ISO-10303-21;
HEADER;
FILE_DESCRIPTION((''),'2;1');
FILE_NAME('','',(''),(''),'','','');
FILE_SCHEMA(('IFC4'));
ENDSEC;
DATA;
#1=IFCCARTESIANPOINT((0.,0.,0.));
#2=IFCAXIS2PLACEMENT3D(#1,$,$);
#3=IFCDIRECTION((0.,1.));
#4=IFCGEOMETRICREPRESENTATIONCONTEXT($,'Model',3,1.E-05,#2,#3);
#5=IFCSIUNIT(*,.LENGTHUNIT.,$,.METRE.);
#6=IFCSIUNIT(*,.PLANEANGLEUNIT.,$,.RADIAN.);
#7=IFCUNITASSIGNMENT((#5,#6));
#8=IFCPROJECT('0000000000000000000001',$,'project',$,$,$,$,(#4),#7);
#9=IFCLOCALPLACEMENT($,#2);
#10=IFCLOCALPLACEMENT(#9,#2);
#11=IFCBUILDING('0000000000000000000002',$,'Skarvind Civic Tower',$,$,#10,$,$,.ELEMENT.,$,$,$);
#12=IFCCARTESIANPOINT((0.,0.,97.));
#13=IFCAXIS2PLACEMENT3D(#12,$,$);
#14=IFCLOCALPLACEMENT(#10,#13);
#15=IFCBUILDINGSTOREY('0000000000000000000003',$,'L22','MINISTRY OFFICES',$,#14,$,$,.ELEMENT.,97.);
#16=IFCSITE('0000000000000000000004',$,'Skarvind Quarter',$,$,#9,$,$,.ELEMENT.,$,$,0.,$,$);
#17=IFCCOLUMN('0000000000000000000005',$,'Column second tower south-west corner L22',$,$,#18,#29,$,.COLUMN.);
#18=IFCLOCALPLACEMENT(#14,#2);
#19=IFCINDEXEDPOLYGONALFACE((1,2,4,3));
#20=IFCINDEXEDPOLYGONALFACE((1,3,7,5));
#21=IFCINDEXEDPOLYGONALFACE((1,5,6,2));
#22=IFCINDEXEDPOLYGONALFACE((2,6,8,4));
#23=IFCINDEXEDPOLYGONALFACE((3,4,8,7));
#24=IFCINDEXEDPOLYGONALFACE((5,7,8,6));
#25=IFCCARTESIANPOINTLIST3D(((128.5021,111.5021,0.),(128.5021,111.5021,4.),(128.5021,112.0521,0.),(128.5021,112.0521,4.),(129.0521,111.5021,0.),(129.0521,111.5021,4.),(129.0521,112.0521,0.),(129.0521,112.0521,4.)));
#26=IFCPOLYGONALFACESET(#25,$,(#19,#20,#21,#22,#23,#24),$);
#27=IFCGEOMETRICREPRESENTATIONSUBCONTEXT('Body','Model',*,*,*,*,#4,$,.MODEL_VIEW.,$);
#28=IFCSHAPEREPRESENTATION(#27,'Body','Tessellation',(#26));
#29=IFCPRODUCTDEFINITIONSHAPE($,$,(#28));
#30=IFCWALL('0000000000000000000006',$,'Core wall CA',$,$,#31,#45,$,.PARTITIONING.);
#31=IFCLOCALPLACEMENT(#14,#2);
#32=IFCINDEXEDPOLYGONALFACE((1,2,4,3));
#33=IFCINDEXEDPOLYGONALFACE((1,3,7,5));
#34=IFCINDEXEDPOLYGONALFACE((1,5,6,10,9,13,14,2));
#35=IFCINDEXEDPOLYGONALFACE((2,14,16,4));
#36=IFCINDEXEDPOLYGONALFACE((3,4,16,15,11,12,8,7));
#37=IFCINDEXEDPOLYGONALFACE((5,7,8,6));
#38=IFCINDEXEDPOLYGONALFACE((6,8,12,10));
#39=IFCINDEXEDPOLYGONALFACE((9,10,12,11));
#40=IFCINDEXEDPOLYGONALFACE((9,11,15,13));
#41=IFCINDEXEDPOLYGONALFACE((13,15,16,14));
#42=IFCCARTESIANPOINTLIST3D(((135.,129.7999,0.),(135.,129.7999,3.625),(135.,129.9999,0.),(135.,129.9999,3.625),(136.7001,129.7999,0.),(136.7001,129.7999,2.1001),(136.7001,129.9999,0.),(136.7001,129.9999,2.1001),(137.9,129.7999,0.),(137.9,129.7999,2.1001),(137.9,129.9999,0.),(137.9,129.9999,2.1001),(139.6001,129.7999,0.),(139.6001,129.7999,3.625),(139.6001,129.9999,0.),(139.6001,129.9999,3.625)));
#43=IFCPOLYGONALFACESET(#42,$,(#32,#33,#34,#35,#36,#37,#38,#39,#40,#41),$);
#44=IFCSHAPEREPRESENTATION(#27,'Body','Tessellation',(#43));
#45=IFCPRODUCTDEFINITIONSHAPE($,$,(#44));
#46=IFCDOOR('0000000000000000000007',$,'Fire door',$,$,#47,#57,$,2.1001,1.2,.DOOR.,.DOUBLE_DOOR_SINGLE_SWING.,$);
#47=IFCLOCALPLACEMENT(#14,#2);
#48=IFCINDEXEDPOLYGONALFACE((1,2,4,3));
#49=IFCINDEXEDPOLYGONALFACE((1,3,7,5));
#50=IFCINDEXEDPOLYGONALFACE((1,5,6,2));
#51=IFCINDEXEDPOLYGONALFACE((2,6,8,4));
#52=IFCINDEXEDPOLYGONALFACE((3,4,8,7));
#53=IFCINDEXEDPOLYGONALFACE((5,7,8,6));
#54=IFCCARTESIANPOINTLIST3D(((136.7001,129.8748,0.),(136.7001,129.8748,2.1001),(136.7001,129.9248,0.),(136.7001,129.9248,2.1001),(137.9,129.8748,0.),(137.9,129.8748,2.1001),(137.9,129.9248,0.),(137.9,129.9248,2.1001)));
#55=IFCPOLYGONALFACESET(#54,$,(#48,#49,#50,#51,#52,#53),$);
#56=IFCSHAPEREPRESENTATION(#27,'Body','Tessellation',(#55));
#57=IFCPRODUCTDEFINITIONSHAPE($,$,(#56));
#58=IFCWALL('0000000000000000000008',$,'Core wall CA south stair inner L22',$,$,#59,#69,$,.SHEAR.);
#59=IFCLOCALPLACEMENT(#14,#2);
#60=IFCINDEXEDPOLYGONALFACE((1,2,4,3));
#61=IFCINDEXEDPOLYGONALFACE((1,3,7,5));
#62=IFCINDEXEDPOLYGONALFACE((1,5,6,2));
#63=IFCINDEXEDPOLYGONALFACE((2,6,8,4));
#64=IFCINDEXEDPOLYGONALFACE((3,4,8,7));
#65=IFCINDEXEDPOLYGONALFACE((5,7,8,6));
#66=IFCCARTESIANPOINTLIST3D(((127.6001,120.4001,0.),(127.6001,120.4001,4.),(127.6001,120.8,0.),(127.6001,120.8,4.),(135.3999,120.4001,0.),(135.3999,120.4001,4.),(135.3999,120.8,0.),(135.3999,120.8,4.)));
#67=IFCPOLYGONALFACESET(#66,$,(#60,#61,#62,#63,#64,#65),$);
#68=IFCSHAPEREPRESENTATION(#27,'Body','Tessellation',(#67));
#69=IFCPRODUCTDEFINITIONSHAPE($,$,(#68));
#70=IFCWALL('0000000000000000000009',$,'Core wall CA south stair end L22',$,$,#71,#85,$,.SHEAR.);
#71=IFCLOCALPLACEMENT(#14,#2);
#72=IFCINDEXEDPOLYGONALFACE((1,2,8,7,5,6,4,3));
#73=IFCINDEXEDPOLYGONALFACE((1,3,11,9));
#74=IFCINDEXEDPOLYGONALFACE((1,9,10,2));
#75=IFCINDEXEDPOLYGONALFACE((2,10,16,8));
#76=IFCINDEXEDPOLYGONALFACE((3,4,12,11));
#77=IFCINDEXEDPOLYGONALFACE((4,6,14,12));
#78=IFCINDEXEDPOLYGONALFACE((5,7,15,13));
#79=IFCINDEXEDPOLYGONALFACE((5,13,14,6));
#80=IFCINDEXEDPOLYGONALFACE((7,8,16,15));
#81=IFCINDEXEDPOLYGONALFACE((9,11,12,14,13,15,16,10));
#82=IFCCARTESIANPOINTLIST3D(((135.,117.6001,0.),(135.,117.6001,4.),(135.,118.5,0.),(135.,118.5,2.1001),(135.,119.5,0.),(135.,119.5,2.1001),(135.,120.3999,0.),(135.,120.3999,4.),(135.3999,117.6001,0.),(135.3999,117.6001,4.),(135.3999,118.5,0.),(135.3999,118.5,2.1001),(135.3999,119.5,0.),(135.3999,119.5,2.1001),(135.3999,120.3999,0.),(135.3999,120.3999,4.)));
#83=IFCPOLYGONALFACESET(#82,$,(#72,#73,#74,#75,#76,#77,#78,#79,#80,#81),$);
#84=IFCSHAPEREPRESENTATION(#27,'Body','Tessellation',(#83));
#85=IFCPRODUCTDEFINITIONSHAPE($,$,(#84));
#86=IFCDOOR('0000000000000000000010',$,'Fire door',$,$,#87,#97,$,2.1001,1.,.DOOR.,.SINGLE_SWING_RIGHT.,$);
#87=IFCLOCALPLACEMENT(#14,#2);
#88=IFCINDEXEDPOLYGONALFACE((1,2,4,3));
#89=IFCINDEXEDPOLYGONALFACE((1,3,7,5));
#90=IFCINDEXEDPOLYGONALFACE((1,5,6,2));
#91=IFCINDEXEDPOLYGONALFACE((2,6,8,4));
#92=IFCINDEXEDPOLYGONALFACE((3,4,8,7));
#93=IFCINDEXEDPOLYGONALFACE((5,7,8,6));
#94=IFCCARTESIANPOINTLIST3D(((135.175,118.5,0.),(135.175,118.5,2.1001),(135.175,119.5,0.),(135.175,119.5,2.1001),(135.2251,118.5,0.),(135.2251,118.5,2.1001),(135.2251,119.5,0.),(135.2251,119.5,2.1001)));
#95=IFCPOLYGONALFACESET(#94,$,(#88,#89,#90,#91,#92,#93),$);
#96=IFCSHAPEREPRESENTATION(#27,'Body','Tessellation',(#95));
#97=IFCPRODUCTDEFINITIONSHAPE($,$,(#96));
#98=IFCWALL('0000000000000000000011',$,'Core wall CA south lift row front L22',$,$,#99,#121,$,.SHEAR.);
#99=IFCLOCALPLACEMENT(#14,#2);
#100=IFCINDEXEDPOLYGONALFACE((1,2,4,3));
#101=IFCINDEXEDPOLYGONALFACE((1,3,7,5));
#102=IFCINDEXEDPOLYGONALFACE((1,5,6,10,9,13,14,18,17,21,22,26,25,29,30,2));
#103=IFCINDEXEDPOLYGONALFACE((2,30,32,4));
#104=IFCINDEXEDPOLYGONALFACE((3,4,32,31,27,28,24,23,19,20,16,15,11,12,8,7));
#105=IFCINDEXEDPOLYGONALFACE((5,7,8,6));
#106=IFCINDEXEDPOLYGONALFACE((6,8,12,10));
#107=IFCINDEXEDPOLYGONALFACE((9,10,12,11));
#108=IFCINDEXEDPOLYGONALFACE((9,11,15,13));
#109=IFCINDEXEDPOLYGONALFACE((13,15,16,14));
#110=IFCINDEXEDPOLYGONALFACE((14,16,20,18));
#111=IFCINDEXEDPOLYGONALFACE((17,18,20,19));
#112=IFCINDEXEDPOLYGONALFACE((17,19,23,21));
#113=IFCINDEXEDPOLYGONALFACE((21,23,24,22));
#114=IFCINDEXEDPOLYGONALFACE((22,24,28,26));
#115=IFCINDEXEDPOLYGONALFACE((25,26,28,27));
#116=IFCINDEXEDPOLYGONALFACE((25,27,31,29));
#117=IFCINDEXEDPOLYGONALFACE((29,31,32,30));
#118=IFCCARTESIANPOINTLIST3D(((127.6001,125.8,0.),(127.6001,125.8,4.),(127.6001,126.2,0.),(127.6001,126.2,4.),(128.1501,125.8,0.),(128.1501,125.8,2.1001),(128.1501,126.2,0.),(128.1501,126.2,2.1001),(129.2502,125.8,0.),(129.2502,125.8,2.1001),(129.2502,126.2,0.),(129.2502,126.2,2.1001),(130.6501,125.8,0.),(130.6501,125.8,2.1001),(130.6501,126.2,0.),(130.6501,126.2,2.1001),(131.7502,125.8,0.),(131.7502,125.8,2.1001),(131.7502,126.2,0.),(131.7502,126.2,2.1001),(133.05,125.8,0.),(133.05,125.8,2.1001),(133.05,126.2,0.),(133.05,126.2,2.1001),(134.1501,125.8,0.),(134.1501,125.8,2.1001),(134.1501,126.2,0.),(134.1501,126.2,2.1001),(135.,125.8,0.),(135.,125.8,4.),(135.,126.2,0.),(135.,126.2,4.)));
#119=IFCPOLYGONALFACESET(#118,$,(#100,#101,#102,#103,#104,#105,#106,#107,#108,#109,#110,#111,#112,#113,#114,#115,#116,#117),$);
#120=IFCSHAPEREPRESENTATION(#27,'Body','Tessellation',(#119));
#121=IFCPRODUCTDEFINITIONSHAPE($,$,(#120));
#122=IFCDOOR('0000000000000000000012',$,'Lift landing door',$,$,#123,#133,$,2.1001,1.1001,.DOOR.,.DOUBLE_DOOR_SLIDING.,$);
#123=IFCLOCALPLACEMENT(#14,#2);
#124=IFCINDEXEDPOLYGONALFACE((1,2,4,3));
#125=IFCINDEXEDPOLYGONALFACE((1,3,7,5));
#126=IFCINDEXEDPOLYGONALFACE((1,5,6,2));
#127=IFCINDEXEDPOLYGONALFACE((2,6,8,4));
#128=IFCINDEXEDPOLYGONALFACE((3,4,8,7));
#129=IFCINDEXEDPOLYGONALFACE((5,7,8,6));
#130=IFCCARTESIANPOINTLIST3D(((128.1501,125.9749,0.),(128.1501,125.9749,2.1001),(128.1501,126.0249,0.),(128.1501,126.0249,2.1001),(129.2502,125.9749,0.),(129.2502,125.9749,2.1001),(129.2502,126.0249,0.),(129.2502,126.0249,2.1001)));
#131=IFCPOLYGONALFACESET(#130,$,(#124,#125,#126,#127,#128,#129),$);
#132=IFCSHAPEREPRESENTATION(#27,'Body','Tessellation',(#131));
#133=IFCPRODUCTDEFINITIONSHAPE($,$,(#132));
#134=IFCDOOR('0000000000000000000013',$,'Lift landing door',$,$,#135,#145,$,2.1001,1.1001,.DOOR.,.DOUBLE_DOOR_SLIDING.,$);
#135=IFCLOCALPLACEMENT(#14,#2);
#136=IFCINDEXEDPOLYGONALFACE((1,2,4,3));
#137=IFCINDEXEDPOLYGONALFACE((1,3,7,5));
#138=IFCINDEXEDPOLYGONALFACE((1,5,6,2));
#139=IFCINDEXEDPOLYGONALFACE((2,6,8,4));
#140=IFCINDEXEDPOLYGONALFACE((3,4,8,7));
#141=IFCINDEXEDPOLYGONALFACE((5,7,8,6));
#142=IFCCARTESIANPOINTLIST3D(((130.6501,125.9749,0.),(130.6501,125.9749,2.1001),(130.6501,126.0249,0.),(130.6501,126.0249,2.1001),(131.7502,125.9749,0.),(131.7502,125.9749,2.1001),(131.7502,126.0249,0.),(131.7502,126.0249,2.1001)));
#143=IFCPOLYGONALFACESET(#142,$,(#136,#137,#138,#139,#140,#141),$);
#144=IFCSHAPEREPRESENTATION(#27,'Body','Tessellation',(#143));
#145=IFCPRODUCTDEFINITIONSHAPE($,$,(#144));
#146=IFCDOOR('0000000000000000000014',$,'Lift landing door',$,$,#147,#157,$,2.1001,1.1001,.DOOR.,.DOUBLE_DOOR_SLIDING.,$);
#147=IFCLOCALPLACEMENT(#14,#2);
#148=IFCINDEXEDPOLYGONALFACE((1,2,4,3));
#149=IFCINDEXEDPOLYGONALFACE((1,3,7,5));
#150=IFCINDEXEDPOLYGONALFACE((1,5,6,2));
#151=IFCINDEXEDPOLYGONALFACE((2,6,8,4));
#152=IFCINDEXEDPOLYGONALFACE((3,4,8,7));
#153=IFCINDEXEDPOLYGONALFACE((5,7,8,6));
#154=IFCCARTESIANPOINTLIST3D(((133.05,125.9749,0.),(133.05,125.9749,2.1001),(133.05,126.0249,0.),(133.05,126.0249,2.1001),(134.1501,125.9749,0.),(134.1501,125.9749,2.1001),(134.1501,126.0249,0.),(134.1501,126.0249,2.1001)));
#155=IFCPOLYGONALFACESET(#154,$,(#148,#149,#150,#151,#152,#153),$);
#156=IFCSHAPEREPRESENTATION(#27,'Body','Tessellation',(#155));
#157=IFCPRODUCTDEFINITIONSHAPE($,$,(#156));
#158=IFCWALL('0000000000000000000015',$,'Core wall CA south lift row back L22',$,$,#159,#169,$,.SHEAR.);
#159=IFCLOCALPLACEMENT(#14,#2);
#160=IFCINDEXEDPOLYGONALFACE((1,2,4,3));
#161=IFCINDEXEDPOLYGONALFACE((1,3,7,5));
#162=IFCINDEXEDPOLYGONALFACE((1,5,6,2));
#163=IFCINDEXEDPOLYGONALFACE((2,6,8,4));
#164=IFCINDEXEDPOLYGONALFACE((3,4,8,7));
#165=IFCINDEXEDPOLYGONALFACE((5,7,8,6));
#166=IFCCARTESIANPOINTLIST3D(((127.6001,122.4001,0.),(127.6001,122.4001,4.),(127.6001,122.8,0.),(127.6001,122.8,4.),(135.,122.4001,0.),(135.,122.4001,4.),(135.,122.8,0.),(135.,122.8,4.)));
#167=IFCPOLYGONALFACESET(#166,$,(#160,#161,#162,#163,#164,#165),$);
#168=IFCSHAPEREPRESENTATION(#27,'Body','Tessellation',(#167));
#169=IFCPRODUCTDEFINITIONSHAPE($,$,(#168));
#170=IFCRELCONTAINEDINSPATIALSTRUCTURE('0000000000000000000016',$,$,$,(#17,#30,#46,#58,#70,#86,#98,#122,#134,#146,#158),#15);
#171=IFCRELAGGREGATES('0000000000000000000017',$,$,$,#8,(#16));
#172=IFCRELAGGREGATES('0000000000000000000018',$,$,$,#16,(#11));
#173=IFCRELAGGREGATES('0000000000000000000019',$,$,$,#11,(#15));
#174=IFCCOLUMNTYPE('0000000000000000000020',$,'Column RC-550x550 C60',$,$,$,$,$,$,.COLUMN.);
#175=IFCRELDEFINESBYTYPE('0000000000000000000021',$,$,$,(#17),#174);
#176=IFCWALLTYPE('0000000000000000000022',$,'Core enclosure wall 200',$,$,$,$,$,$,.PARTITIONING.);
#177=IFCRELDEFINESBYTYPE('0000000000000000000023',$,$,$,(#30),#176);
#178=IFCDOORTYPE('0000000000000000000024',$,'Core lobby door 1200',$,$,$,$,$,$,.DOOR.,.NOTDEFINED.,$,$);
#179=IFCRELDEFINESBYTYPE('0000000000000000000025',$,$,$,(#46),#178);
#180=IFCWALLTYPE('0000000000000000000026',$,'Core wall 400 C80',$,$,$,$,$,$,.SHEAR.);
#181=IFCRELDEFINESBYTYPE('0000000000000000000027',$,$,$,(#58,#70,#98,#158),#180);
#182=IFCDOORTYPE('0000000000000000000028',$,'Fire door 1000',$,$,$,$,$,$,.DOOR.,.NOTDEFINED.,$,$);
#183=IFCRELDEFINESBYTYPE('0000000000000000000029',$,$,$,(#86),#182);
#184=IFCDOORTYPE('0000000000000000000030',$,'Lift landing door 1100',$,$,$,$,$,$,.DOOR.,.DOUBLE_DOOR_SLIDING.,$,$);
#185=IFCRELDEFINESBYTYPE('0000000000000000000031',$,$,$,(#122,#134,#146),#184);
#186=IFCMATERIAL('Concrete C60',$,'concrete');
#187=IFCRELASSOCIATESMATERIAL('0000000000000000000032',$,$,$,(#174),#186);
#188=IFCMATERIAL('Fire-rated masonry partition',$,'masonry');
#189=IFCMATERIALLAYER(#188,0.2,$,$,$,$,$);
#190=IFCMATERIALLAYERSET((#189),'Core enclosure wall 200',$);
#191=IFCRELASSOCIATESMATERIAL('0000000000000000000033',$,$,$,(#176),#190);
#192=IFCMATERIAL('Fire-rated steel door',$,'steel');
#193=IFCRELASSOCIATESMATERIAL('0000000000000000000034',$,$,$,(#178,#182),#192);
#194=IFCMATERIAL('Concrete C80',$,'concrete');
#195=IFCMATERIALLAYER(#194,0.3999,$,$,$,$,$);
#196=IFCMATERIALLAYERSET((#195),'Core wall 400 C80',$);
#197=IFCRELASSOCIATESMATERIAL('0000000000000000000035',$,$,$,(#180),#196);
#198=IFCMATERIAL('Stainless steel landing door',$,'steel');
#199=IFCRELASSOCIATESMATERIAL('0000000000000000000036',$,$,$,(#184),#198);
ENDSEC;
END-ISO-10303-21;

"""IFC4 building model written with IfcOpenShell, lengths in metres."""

from ifc_helpers import new_model, si_unit, direction, frame, frame_2d, origin, origin_2d, place, context, subcontext, project, spatial, rectangle, extrude, material, layer, layer_set, material_profile, profile_set, type_object, element, fill, save


model = new_model("IFC4")

# Units and contexts
model_context = context("Model", 3, precision=1e-05, world=origin(), true_north=direction((0.0, 1.0)))
body_context = subcontext(model_context, "Body", "Model", "MODEL_VIEW")
ifc_project = project(units=[si_unit("LENGTHUNIT", "METRE"), si_unit("PLANEANGLEUNIT", "RADIAN")], contexts=[model_context])

# Site, building, storey
site_placement = place(None, origin())
site = spatial("IfcSite", under=ifc_project, at=site_placement, Name="Skarvind Quarter", CompositionType="ELEMENT", RefElevation=0.0)
building_placement = place(site_placement, origin())
building = spatial("IfcBuilding", under=site, at=building_placement, Name="Skarvind Civic Tower", CompositionType="ELEMENT")
storey_placement = place(building_placement, frame((0.0, 0.0, 97.0)))
storey = spatial("IfcBuildingStorey", under=building, at=storey_placement, Name="L22", Description="MINISTRY OFFICES", CompositionType="ELEMENT", Elevation=97.0)

# Column
ifc_material_1 = material(Name="Concrete C60", Category="concrete")
ifc_material_profile = material_profile(ifc_material_1, rectangle(XDim=0.55, YDim=0.55, at=origin_2d()), Name="RC-550x550")
ifc_profile_set = profile_set([ifc_material_profile], Name="Concrete C60")
column_type = type_object("IfcColumnType", Name="Column RC-550x550 C60", PredefinedType="COLUMN", material=ifc_profile_set)
column_placement = place(storey_placement, frame((128.7771, 111.7771, 0.0), z_axis=(0.0, 0.0, 1.0), x_axis=(1.0, 0.0, 0.0)))
element("IfcColumn", 1, at=column_placement, inside=storey, type_object=column_type, Name="Column second tower south-west corner L22", PredefinedType="COLUMN", context=body_context, shape_type="SweptSolid", body=[
    extrude(rectangle(XDim=0.55, YDim=0.55, at=origin_2d()), origin(), (0.0, 0.0, 1.0), 4.0),
])

# Wall, opening, door
ifc_material_2 = material(Name="Fire-rated masonry partition", Category="masonry")
ifc_layer_1 = layer(ifc_material_2, 0.2)
ifc_layer_set_1 = layer_set([ifc_layer_1], Name="Core enclosure wall 200")
wall_type_1 = type_object("IfcWallType", Name="Core enclosure wall 200", PredefinedType="PARTITIONING", material=ifc_layer_set_1)
wall_1_placement = place(storey_placement, frame((135.0, 129.8999, 0.0), z_axis=(0.0, 0.0, 1.0), x_axis=(1.0, 0.0, 0.0)))
wall_1 = element("IfcWall", 2, at=wall_1_placement, inside=storey, type_object=wall_type_1, Name="Core wall CA", PredefinedType="PARTITIONING", context=body_context, shape_type="SweptSolid", body=[
    extrude(rectangle(XDim=4.6001, YDim=0.2, at=frame_2d((2.3, 0.0))), origin(), (0.0, 0.0, 1.0), 3.625),
])
opening_1_placement = place(wall_1_placement, frame((1.7, 0.0, 0.0)))
opening_1 = element("IfcOpeningElement", 3, at=opening_1_placement, cuts=wall_1, PredefinedType="OPENING", context=body_context, shape_type="SweptSolid", body=[
    extrude(rectangle(XDim=1.2, YDim=2.1001, at=frame_2d((0.6001, 1.05))), frame((0.0, 0.1099, 0.0), z_axis=(0.0, -1.0, 0.0), x_axis=(1.0, 0.0, 0.0)), (0.0, 0.0, 1.0), 0.22),
])
ifc_material_3 = material(Name="Fire-rated steel door", Category="steel")
door_type_1 = type_object("IfcDoorType", Name="Core lobby door 1200", OperationType="NOTDEFINED", PredefinedType="DOOR", material=ifc_material_3)
door_1_placement = place(opening_1_placement, origin())
door_1 = element("IfcDoor", 4, at=door_1_placement, inside=storey, type_object=door_type_1, Name="Fire door", OperationType="DOUBLE_DOOR_SINGLE_SWING", OverallHeight=2.1001, OverallWidth=1.2, PredefinedType="DOOR", context=body_context, shape_type="SweptSolid", body=[
    extrude(rectangle(XDim=1.2, YDim=2.1001, at=frame_2d((0.6001, 1.05))), frame((0.0, 0.0249, 0.0), z_axis=(0.0, -1.0, 0.0), x_axis=(1.0, 0.0, 0.0)), (0.0, 0.0, 1.0), 0.05),
])
fill(opening_1, door_1)

# Wall
ifc_material_4 = material(Name="Concrete C80", Category="concrete")
ifc_layer_2 = layer(ifc_material_4, 0.3999)
ifc_layer_set_2 = layer_set([ifc_layer_2], Name="Core wall 400 C80")
wall_type_2 = type_object("IfcWallType", Name="Core wall 400 C80", PredefinedType="SHEAR", material=ifc_layer_set_2)
wall_2_placement = place(storey_placement, frame((127.6001, 120.6001, 0.0), z_axis=(0.0, 0.0, 1.0), x_axis=(1.0, 0.0, 0.0)))
element("IfcWall", 5, at=wall_2_placement, inside=storey, type_object=wall_type_2, Name="Core wall CA south stair inner L22", PredefinedType="SHEAR", context=body_context, shape_type="SweptSolid", body=[
    extrude(rectangle(XDim=7.7998, YDim=0.3999, at=frame_2d((3.8999, 0.0))), origin(), (0.0, 0.0, 1.0), 4.0),
])

# Wall, opening, door
wall_3_placement = place(storey_placement, frame((135.2, 117.6001, 0.0), z_axis=(0.0, 0.0, 1.0), x_axis=(0.0, 1.0, 0.0)))
wall_3 = element("IfcWall", 6, at=wall_3_placement, inside=storey, type_object=wall_type_2, Name="Core wall CA south stair end L22", PredefinedType="SHEAR", context=body_context, shape_type="SweptSolid", body=[
    extrude(rectangle(XDim=2.7998, YDim=0.3999, at=frame_2d((1.3999, 0.0))), origin(), (0.0, 0.0, 1.0), 4.0),
])
opening_2_placement = place(wall_3_placement, frame((0.8999, 0.0, 0.0)))
opening_2 = element("IfcOpeningElement", 7, at=opening_2_placement, cuts=wall_3, PredefinedType="OPENING", context=body_context, shape_type="SweptSolid", body=[
    extrude(rectangle(XDim=1.0, YDim=2.1001, at=frame_2d((0.5, 1.05))), frame((0.0, 0.21, 0.0), z_axis=(0.0, -1.0, 0.0), x_axis=(1.0, 0.0, 0.0)), (0.0, 0.0, 1.0), 0.4199),
])
door_type_2 = type_object("IfcDoorType", Name="Fire door 1000", OperationType="NOTDEFINED", PredefinedType="DOOR", material=ifc_material_3)
door_2_placement = place(opening_2_placement, origin())
door_2 = element("IfcDoor", 8, at=door_2_placement, inside=storey, type_object=door_type_2, Name="Fire door", OperationType="SINGLE_SWING_RIGHT", OverallHeight=2.1001, OverallWidth=1.0, PredefinedType="DOOR", context=body_context, shape_type="SweptSolid", body=[
    extrude(rectangle(XDim=1.0, YDim=2.1001, at=frame_2d((0.5, 1.05))), frame((0.0, 0.0249, 0.0), z_axis=(0.0, -1.0, 0.0), x_axis=(1.0, 0.0, 0.0)), (0.0, 0.0, 1.0), 0.05),
])
fill(opening_2, door_2)

# Wall, openings, doors
wall_4_placement = place(storey_placement, frame((127.6001, 126.0, 0.0), z_axis=(0.0, 0.0, 1.0), x_axis=(1.0, 0.0, 0.0)))
wall_4 = element("IfcWall", 9, at=wall_4_placement, inside=storey, type_object=wall_type_2, Name="Core wall CA south lift row front L22", PredefinedType="SHEAR", context=body_context, shape_type="SweptSolid", body=[
    extrude(rectangle(XDim=7.3999, YDim=0.3999, at=frame_2d((3.7, 0.0))), origin(), (0.0, 0.0, 1.0), 4.0),
])
opening_3_placement = place(wall_4_placement, frame((0.55, 0.0, 0.0)))
opening_3 = element("IfcOpeningElement", 10, at=opening_3_placement, cuts=wall_4, PredefinedType="OPENING", context=body_context, shape_type="SweptSolid", body=[
    extrude(rectangle(XDim=1.1001, YDim=2.1001, at=frame_2d((0.55, 1.05))), frame((0.0, 0.21, 0.0), z_axis=(0.0, -1.0, 0.0), x_axis=(1.0, 0.0, 0.0)), (0.0, 0.0, 1.0), 0.4199),
])
opening_4_placement = place(wall_4_placement, frame((3.05, 0.0, 0.0)))
opening_4 = element("IfcOpeningElement", 11, at=opening_4_placement, cuts=wall_4, PredefinedType="OPENING", context=body_context, shape_type="SweptSolid", body=[
    extrude(rectangle(XDim=1.1001, YDim=2.1001, at=frame_2d((0.55, 1.05))), frame((0.0, 0.21, 0.0), z_axis=(0.0, -1.0, 0.0), x_axis=(1.0, 0.0, 0.0)), (0.0, 0.0, 1.0), 0.4199),
])
opening_5_placement = place(wall_4_placement, frame((5.45, 0.0, 0.0)))
opening_5 = element("IfcOpeningElement", 12, at=opening_5_placement, cuts=wall_4, PredefinedType="OPENING", context=body_context, shape_type="SweptSolid", body=[
    extrude(rectangle(XDim=1.1001, YDim=2.1001, at=frame_2d((0.55, 1.05))), frame((0.0, 0.21, 0.0), z_axis=(0.0, -1.0, 0.0), x_axis=(1.0, 0.0, 0.0)), (0.0, 0.0, 1.0), 0.4199),
])
ifc_material_5 = material(Name="Stainless steel landing door", Category="steel")
door_type_3 = type_object("IfcDoorType", Name="Lift landing door 1100", OperationType="DOUBLE_DOOR_SLIDING", PredefinedType="DOOR", material=ifc_material_5)
door_3_placement = place(opening_3_placement, origin())
door_3 = element("IfcDoor", 13, at=door_3_placement, inside=storey, type_object=door_type_3, Name="Lift landing door", OperationType="DOUBLE_DOOR_SLIDING", OverallHeight=2.1001, OverallWidth=1.1001, PredefinedType="DOOR", context=body_context, shape_type="SweptSolid", body=[
    extrude(rectangle(XDim=1.1001, YDim=2.1001, at=frame_2d((0.55, 1.05))), frame((0.0, 0.0249, 0.0), z_axis=(0.0, -1.0, 0.0), x_axis=(1.0, 0.0, 0.0)), (0.0, 0.0, 1.0), 0.05),
])
fill(opening_3, door_3)
door_4_placement = place(opening_4_placement, origin())
door_4 = element("IfcDoor", 14, at=door_4_placement, inside=storey, type_object=door_type_3, Name="Lift landing door", OperationType="DOUBLE_DOOR_SLIDING", OverallHeight=2.1001, OverallWidth=1.1001, PredefinedType="DOOR", context=body_context, shape_type="SweptSolid", body=[
    extrude(rectangle(XDim=1.1001, YDim=2.1001, at=frame_2d((0.55, 1.05))), frame((0.0, 0.0249, 0.0), z_axis=(0.0, -1.0, 0.0), x_axis=(1.0, 0.0, 0.0)), (0.0, 0.0, 1.0), 0.05),
])
fill(opening_4, door_4)
door_5_placement = place(opening_5_placement, origin())
door_5 = element("IfcDoor", 15, at=door_5_placement, inside=storey, type_object=door_type_3, Name="Lift landing door", OperationType="DOUBLE_DOOR_SLIDING", OverallHeight=2.1001, OverallWidth=1.1001, PredefinedType="DOOR", context=body_context, shape_type="SweptSolid", body=[
    extrude(rectangle(XDim=1.1001, YDim=2.1001, at=frame_2d((0.55, 1.05))), frame((0.0, 0.0249, 0.0), z_axis=(0.0, -1.0, 0.0), x_axis=(1.0, 0.0, 0.0)), (0.0, 0.0, 1.0), 0.05),
])
fill(opening_5, door_5)

# Wall
wall_5_placement = place(storey_placement, frame((127.6001, 122.6001, 0.0), z_axis=(0.0, 0.0, 1.0), x_axis=(1.0, 0.0, 0.0)))
element("IfcWall", 16, at=wall_5_placement, inside=storey, type_object=wall_type_2, Name="Core wall CA south lift row back L22", PredefinedType="SHEAR", context=body_context, shape_type="SweptSolid", body=[
    extrude(rectangle(XDim=7.3999, YDim=0.3999, at=frame_2d((3.7, 0.0))), origin(), (0.0, 0.0, 1.0), 4.0),
])

save(model, "model.ifc")
